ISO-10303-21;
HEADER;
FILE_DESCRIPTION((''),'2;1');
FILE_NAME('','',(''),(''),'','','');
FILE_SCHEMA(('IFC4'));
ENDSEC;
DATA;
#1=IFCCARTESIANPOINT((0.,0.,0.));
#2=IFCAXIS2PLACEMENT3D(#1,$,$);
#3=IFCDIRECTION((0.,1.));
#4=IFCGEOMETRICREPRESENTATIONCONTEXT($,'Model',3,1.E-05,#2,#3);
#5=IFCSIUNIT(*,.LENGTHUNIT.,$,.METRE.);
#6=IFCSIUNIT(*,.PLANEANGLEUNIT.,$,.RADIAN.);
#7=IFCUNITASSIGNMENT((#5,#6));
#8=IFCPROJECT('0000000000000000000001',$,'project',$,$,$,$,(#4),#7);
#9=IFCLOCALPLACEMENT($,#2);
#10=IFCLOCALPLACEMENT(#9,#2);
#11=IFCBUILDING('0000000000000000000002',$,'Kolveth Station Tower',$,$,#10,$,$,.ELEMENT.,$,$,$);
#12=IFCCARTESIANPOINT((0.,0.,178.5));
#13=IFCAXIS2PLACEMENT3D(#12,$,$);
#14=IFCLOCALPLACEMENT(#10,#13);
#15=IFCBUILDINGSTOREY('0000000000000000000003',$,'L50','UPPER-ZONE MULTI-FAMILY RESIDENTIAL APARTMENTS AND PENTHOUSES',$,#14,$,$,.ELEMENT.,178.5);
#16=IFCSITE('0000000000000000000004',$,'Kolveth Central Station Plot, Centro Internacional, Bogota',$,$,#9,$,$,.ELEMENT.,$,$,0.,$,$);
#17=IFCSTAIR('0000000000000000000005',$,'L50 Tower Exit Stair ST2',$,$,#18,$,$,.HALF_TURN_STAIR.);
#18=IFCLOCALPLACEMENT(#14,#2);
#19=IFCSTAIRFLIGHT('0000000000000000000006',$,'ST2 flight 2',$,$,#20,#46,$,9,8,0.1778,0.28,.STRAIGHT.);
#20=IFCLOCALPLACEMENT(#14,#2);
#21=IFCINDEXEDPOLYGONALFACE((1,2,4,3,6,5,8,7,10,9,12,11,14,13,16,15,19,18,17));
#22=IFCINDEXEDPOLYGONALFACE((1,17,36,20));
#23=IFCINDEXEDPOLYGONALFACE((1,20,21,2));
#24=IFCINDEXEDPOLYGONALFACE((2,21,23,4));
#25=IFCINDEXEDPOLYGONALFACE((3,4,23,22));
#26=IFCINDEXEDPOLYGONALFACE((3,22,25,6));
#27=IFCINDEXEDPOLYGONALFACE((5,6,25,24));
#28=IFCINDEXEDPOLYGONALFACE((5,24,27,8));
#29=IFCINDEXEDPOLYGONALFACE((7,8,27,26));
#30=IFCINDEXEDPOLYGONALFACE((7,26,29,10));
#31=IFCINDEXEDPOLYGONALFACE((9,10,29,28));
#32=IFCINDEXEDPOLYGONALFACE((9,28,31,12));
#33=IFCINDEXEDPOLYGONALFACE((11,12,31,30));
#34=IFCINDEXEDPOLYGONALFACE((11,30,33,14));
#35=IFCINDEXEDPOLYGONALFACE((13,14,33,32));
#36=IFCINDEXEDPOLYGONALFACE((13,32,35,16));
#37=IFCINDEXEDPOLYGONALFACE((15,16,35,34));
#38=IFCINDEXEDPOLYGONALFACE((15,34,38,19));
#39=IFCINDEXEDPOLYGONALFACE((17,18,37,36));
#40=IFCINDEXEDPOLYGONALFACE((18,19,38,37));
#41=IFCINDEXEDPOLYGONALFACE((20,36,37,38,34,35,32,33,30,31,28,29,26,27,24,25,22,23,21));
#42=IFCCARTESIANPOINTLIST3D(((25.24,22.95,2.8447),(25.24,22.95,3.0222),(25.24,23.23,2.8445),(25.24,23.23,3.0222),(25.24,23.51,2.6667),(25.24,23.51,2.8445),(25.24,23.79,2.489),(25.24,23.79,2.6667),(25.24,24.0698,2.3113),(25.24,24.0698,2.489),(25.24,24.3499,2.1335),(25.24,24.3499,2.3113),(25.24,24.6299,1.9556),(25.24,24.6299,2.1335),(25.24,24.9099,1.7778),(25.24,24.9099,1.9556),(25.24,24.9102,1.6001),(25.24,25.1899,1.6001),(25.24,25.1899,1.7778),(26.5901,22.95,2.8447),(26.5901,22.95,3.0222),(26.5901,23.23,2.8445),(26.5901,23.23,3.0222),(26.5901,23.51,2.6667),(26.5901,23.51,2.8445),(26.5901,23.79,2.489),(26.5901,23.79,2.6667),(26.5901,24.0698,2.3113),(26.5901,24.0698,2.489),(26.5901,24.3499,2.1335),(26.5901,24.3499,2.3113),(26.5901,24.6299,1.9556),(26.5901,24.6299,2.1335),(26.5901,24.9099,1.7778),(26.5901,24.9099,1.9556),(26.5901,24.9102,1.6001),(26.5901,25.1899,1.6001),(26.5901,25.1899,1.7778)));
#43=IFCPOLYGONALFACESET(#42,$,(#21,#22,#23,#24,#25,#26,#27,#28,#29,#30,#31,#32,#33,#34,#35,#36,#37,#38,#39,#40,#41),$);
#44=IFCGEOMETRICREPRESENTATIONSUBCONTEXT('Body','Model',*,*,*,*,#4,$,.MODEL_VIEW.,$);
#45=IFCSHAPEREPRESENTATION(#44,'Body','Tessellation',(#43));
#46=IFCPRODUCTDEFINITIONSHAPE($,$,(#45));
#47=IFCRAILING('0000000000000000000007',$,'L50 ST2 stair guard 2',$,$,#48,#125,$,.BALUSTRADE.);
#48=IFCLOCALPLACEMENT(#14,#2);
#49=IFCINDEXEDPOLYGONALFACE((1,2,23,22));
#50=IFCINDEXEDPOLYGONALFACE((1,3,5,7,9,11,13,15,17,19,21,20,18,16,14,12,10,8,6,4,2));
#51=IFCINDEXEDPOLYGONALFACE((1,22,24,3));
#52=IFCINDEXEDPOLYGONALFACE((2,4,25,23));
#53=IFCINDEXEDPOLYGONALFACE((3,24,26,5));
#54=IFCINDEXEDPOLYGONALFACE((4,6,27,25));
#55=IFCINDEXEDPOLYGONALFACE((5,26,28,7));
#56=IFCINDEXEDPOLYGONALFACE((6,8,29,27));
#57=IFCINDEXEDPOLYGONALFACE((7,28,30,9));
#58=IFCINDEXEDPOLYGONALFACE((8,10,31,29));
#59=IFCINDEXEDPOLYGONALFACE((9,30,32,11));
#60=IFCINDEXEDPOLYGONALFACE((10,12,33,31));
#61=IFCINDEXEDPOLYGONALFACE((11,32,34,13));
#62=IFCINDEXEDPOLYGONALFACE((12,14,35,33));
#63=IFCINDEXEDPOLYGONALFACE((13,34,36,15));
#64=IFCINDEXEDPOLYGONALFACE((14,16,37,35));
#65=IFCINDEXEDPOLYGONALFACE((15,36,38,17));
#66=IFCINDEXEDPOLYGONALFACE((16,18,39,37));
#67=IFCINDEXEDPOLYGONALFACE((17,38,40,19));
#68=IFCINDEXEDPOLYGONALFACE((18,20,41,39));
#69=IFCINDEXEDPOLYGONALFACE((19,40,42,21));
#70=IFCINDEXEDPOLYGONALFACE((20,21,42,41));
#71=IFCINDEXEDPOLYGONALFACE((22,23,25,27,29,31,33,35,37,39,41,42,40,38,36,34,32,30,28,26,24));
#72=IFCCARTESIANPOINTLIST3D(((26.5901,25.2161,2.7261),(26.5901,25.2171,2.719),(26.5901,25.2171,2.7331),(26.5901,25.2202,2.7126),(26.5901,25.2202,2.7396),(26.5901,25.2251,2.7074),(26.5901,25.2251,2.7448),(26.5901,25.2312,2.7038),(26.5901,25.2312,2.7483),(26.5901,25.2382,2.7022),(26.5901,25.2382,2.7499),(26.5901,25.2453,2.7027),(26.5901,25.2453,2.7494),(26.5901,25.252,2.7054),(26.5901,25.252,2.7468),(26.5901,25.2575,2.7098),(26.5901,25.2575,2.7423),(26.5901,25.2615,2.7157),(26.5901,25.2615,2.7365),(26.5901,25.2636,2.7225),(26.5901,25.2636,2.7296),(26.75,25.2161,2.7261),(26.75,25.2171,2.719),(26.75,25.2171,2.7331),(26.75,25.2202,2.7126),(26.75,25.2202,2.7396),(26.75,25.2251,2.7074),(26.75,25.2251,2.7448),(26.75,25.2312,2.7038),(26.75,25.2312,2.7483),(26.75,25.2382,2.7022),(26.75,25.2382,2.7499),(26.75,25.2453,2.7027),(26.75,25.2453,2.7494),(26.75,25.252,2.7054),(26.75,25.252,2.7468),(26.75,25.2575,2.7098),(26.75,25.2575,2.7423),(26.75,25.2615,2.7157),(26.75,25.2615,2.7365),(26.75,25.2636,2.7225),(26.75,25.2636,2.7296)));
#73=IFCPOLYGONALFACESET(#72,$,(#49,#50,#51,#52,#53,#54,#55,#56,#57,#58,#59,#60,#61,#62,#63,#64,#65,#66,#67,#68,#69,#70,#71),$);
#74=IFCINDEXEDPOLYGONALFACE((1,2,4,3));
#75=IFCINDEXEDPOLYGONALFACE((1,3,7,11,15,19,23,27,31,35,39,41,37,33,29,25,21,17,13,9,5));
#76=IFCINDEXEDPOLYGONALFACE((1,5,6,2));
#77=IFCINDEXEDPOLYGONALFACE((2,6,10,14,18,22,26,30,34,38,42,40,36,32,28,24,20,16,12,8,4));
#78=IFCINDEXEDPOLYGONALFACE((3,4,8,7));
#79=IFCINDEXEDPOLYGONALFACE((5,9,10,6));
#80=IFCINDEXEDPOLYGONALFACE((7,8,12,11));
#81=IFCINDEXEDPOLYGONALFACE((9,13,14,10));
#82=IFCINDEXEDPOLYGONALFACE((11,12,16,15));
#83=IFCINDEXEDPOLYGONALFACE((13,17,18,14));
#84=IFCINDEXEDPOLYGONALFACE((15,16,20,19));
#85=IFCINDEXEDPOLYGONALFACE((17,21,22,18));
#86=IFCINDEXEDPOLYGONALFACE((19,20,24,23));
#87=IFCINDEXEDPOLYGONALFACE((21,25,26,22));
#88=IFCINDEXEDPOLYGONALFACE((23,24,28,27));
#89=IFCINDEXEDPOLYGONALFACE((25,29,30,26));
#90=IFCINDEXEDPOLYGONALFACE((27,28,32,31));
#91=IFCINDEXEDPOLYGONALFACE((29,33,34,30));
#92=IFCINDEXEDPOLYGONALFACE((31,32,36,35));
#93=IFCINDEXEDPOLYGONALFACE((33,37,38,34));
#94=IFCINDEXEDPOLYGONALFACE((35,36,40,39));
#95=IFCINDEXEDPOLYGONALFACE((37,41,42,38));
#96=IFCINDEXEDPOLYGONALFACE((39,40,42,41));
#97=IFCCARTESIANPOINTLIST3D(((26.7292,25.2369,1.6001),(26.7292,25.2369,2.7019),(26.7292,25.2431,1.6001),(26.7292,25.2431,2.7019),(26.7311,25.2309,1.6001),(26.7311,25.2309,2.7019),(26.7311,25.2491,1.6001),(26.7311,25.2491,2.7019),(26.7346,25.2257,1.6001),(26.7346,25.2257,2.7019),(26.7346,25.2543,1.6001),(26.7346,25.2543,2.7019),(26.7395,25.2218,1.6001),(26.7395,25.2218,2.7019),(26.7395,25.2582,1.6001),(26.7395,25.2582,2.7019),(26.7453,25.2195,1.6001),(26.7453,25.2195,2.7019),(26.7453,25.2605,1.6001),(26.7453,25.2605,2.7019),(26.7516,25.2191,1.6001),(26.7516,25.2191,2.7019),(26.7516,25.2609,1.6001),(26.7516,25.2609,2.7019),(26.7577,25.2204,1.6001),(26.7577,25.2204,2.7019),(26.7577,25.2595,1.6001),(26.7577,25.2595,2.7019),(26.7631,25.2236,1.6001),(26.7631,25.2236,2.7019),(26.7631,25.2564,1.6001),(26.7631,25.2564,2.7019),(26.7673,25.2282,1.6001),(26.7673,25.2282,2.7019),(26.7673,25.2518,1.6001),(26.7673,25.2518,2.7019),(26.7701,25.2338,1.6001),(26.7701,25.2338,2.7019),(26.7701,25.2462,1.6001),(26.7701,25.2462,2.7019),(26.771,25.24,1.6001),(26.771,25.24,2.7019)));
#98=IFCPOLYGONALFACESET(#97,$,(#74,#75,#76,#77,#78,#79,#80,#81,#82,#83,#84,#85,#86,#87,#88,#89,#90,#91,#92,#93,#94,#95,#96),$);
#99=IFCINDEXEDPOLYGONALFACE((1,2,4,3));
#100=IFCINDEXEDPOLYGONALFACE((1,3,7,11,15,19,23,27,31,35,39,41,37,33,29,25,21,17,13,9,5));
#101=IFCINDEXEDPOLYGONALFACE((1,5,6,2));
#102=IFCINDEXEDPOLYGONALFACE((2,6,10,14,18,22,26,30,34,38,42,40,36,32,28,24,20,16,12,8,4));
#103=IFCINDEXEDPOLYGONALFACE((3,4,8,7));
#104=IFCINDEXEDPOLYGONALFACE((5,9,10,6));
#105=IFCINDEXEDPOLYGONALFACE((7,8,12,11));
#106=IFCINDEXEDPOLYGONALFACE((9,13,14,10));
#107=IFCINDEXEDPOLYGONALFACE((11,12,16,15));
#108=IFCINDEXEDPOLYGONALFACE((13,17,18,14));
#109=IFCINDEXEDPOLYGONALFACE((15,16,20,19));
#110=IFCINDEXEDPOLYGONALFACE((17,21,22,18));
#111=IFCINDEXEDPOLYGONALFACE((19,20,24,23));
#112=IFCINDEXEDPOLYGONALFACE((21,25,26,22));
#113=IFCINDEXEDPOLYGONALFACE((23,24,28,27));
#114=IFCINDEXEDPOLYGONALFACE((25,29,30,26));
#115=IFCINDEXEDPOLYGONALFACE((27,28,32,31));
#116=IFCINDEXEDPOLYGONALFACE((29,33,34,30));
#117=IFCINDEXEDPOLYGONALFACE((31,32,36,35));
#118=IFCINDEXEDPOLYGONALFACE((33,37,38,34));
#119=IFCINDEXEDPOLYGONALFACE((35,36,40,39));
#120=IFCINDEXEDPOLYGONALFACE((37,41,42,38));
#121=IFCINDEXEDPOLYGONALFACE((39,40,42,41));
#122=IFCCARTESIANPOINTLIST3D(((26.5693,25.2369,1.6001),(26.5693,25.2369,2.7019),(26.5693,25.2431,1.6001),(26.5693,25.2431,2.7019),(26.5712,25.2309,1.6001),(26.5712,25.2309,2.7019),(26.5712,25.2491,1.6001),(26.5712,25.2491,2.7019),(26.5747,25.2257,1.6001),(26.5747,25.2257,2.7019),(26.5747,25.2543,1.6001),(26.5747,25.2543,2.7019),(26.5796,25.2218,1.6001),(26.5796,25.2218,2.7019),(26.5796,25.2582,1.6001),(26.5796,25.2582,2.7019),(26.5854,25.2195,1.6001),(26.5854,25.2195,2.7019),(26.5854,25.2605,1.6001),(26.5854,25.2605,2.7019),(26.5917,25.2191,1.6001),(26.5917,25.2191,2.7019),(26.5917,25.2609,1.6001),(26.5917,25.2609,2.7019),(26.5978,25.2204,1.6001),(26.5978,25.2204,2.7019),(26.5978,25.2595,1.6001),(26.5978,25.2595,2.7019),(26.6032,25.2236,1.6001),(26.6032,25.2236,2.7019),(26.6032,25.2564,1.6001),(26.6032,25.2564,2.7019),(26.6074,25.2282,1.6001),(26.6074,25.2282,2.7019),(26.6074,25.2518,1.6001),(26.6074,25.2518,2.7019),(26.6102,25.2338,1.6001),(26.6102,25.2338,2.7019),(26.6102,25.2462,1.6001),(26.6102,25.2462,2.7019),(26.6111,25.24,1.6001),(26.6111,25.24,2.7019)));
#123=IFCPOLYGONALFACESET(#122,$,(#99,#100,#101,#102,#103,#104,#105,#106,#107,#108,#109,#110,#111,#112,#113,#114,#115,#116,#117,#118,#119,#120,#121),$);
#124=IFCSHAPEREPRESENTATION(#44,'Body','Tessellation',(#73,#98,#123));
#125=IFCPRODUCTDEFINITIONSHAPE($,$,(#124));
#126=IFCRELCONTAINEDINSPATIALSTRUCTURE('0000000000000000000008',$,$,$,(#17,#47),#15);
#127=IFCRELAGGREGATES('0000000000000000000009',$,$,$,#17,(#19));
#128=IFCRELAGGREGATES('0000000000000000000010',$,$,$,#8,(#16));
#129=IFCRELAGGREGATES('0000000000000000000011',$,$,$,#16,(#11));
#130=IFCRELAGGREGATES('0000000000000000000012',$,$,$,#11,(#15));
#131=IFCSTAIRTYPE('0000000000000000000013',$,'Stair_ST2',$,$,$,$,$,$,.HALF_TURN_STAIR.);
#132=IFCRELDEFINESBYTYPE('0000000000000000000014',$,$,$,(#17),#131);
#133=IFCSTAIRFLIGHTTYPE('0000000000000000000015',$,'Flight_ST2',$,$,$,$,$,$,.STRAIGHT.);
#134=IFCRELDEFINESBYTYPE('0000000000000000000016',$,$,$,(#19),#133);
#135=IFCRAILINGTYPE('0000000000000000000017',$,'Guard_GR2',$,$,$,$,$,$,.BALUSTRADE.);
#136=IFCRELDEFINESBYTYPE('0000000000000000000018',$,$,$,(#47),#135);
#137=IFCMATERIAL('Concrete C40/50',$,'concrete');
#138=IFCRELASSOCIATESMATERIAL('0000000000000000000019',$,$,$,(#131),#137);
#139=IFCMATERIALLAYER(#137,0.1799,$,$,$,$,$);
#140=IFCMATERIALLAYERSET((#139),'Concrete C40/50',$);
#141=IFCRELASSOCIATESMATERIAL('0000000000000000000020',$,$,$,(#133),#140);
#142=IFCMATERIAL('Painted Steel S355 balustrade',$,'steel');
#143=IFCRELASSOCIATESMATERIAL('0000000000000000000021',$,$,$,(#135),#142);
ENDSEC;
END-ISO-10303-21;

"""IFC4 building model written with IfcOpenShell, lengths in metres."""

from ifc_helpers import new_model, si_unit, direction, frame, origin, origin_2d, place, context, subcontext, project, spatial, polyline, circle, outline, extrude, material, layer, layer_set, type_object, element, aggregate, save


model = new_model("IFC4")

# Units and contexts
model_context = context("Model", 3, precision=1e-05, world=origin(), true_north=direction((0.0, 1.0)))
body_context = subcontext(model_context, "Body", "Model", "MODEL_VIEW")
ifc_project = project(units=[si_unit("LENGTHUNIT", "METRE"), si_unit("PLANEANGLEUNIT", "RADIAN")], contexts=[model_context])

# Site, building, storey
site_placement = place(None, origin())
site = spatial("IfcSite", under=ifc_project, at=site_placement, Name="Kolveth Central Station Plot, Centro Internacional, Bogota", CompositionType="ELEMENT", RefElevation=0.0)
building_placement = place(site_placement, origin())
building = spatial("IfcBuilding", under=site, at=building_placement, Name="Kolveth Station Tower", CompositionType="ELEMENT")
storey_placement = place(building_placement, frame((0.0, 0.0, 178.5)))
storey = spatial("IfcBuildingStorey", under=building, at=storey_placement, Name="L50", Description="UPPER-ZONE MULTI-FAMILY RESIDENTIAL APARTMENTS AND PENTHOUSES", CompositionType="ELEMENT", Elevation=178.5)

# Stair, stair flight
ifc_material_1 = material(Name="Concrete C40/50", Category="concrete")
stair_type = type_object("IfcStairType", Name="Stair_ST2", PredefinedType="HALF_TURN_STAIR", material=ifc_material_1)
stair_placement = place(storey_placement, origin())
stair = element("IfcStair", 1, at=stair_placement, inside=storey, type_object=stair_type, Name="L50 Tower Exit Stair ST2", PredefinedType="HALF_TURN_STAIR")
ifc_layer_1 = layer(ifc_material_1, 0.1799)
ifc_layer_set_1 = layer_set([ifc_layer_1], Name="Concrete C40/50")
stair_flight_type = type_object("IfcStairFlightType", Name="Flight_ST2", PredefinedType="STRAIGHT", material=ifc_layer_set_1)
stair_flight_placement = place(storey_placement, frame((25.915, 25.1899, 1.6001), z_axis=(0.0, 0.0, 1.0), x_axis=(0.0, -1.0, 0.0)))
stair_flight = element("IfcStairFlight", 2, at=stair_flight_placement, type_object=stair_flight_type, Name="ST2 flight 2", NumberOfRisers=9, NumberOfTreads=8, PredefinedType="STRAIGHT", RiserHeight=0.1778, TreadLength=0.28, context=body_context, shape_type="SweptSolid", body=[
    extrude(outline(polyline([(0.0, 0.0), (0.0, 0.1777), (0.28, 0.1777), (0.28, 0.3555), (0.5601, 0.3555), (0.5601, 0.5334), (0.8401, 0.5334), (0.8401, 0.7112), (1.1201, 0.7112), (1.1201, 0.8889), (1.3999, 0.8889), (1.3999, 1.0667), (1.6799, 1.0667), (1.6799, 1.2444), (1.96, 1.2444), (1.96, 1.4221), (2.24, 1.4221), (2.24, 1.6001), (2.24, 1.2446), (0.2798, 0.0), (0.0, 0.0)])), frame((0.0, 0.675, 0.0), z_axis=(0.0, -1.0, 0.0), x_axis=(1.0, 0.0, 0.0)), (0.0, 0.0, 1.0), 1.3501),
])
aggregate(stair, [stair_flight])

# Railing
ifc_material_2 = material(Name="Painted Steel S355 balustrade", Category="steel")
railing_type_1 = type_object("IfcRailingType", Name="Guard_GR2", PredefinedType="BALUSTRADE", material=ifc_material_2)
railing_1_placement = place(storey_placement, frame((26.75, 25.24, 1.6001)))
element("IfcRailing", 3, at=railing_1_placement, inside=storey, type_object=railing_type_1, Name="L50 ST2 stair guard 2", PredefinedType="BALUSTRADE", context=body_context, shape_type="SweptSolid", body=[
    extrude(circle(Radius=0.0239, at=origin_2d()), frame((0.0, 0.0, 1.126), z_axis=(-1.0, 0.0, 0.0), x_axis=(0.0, -1.0, 0.0)), (0.0, 0.0, 1.0), 0.1599),
    extrude(circle(Radius=0.021, at=origin_2d()), origin(), (0.0, 0.0, 1.0), 1.1018),
    extrude(circle(Radius=0.021, at=origin_2d()), frame((-0.1599, 0.0, 0.0)), (0.0, 0.0, 1.0), 1.1018),
])

save(model, "model.ifc")
